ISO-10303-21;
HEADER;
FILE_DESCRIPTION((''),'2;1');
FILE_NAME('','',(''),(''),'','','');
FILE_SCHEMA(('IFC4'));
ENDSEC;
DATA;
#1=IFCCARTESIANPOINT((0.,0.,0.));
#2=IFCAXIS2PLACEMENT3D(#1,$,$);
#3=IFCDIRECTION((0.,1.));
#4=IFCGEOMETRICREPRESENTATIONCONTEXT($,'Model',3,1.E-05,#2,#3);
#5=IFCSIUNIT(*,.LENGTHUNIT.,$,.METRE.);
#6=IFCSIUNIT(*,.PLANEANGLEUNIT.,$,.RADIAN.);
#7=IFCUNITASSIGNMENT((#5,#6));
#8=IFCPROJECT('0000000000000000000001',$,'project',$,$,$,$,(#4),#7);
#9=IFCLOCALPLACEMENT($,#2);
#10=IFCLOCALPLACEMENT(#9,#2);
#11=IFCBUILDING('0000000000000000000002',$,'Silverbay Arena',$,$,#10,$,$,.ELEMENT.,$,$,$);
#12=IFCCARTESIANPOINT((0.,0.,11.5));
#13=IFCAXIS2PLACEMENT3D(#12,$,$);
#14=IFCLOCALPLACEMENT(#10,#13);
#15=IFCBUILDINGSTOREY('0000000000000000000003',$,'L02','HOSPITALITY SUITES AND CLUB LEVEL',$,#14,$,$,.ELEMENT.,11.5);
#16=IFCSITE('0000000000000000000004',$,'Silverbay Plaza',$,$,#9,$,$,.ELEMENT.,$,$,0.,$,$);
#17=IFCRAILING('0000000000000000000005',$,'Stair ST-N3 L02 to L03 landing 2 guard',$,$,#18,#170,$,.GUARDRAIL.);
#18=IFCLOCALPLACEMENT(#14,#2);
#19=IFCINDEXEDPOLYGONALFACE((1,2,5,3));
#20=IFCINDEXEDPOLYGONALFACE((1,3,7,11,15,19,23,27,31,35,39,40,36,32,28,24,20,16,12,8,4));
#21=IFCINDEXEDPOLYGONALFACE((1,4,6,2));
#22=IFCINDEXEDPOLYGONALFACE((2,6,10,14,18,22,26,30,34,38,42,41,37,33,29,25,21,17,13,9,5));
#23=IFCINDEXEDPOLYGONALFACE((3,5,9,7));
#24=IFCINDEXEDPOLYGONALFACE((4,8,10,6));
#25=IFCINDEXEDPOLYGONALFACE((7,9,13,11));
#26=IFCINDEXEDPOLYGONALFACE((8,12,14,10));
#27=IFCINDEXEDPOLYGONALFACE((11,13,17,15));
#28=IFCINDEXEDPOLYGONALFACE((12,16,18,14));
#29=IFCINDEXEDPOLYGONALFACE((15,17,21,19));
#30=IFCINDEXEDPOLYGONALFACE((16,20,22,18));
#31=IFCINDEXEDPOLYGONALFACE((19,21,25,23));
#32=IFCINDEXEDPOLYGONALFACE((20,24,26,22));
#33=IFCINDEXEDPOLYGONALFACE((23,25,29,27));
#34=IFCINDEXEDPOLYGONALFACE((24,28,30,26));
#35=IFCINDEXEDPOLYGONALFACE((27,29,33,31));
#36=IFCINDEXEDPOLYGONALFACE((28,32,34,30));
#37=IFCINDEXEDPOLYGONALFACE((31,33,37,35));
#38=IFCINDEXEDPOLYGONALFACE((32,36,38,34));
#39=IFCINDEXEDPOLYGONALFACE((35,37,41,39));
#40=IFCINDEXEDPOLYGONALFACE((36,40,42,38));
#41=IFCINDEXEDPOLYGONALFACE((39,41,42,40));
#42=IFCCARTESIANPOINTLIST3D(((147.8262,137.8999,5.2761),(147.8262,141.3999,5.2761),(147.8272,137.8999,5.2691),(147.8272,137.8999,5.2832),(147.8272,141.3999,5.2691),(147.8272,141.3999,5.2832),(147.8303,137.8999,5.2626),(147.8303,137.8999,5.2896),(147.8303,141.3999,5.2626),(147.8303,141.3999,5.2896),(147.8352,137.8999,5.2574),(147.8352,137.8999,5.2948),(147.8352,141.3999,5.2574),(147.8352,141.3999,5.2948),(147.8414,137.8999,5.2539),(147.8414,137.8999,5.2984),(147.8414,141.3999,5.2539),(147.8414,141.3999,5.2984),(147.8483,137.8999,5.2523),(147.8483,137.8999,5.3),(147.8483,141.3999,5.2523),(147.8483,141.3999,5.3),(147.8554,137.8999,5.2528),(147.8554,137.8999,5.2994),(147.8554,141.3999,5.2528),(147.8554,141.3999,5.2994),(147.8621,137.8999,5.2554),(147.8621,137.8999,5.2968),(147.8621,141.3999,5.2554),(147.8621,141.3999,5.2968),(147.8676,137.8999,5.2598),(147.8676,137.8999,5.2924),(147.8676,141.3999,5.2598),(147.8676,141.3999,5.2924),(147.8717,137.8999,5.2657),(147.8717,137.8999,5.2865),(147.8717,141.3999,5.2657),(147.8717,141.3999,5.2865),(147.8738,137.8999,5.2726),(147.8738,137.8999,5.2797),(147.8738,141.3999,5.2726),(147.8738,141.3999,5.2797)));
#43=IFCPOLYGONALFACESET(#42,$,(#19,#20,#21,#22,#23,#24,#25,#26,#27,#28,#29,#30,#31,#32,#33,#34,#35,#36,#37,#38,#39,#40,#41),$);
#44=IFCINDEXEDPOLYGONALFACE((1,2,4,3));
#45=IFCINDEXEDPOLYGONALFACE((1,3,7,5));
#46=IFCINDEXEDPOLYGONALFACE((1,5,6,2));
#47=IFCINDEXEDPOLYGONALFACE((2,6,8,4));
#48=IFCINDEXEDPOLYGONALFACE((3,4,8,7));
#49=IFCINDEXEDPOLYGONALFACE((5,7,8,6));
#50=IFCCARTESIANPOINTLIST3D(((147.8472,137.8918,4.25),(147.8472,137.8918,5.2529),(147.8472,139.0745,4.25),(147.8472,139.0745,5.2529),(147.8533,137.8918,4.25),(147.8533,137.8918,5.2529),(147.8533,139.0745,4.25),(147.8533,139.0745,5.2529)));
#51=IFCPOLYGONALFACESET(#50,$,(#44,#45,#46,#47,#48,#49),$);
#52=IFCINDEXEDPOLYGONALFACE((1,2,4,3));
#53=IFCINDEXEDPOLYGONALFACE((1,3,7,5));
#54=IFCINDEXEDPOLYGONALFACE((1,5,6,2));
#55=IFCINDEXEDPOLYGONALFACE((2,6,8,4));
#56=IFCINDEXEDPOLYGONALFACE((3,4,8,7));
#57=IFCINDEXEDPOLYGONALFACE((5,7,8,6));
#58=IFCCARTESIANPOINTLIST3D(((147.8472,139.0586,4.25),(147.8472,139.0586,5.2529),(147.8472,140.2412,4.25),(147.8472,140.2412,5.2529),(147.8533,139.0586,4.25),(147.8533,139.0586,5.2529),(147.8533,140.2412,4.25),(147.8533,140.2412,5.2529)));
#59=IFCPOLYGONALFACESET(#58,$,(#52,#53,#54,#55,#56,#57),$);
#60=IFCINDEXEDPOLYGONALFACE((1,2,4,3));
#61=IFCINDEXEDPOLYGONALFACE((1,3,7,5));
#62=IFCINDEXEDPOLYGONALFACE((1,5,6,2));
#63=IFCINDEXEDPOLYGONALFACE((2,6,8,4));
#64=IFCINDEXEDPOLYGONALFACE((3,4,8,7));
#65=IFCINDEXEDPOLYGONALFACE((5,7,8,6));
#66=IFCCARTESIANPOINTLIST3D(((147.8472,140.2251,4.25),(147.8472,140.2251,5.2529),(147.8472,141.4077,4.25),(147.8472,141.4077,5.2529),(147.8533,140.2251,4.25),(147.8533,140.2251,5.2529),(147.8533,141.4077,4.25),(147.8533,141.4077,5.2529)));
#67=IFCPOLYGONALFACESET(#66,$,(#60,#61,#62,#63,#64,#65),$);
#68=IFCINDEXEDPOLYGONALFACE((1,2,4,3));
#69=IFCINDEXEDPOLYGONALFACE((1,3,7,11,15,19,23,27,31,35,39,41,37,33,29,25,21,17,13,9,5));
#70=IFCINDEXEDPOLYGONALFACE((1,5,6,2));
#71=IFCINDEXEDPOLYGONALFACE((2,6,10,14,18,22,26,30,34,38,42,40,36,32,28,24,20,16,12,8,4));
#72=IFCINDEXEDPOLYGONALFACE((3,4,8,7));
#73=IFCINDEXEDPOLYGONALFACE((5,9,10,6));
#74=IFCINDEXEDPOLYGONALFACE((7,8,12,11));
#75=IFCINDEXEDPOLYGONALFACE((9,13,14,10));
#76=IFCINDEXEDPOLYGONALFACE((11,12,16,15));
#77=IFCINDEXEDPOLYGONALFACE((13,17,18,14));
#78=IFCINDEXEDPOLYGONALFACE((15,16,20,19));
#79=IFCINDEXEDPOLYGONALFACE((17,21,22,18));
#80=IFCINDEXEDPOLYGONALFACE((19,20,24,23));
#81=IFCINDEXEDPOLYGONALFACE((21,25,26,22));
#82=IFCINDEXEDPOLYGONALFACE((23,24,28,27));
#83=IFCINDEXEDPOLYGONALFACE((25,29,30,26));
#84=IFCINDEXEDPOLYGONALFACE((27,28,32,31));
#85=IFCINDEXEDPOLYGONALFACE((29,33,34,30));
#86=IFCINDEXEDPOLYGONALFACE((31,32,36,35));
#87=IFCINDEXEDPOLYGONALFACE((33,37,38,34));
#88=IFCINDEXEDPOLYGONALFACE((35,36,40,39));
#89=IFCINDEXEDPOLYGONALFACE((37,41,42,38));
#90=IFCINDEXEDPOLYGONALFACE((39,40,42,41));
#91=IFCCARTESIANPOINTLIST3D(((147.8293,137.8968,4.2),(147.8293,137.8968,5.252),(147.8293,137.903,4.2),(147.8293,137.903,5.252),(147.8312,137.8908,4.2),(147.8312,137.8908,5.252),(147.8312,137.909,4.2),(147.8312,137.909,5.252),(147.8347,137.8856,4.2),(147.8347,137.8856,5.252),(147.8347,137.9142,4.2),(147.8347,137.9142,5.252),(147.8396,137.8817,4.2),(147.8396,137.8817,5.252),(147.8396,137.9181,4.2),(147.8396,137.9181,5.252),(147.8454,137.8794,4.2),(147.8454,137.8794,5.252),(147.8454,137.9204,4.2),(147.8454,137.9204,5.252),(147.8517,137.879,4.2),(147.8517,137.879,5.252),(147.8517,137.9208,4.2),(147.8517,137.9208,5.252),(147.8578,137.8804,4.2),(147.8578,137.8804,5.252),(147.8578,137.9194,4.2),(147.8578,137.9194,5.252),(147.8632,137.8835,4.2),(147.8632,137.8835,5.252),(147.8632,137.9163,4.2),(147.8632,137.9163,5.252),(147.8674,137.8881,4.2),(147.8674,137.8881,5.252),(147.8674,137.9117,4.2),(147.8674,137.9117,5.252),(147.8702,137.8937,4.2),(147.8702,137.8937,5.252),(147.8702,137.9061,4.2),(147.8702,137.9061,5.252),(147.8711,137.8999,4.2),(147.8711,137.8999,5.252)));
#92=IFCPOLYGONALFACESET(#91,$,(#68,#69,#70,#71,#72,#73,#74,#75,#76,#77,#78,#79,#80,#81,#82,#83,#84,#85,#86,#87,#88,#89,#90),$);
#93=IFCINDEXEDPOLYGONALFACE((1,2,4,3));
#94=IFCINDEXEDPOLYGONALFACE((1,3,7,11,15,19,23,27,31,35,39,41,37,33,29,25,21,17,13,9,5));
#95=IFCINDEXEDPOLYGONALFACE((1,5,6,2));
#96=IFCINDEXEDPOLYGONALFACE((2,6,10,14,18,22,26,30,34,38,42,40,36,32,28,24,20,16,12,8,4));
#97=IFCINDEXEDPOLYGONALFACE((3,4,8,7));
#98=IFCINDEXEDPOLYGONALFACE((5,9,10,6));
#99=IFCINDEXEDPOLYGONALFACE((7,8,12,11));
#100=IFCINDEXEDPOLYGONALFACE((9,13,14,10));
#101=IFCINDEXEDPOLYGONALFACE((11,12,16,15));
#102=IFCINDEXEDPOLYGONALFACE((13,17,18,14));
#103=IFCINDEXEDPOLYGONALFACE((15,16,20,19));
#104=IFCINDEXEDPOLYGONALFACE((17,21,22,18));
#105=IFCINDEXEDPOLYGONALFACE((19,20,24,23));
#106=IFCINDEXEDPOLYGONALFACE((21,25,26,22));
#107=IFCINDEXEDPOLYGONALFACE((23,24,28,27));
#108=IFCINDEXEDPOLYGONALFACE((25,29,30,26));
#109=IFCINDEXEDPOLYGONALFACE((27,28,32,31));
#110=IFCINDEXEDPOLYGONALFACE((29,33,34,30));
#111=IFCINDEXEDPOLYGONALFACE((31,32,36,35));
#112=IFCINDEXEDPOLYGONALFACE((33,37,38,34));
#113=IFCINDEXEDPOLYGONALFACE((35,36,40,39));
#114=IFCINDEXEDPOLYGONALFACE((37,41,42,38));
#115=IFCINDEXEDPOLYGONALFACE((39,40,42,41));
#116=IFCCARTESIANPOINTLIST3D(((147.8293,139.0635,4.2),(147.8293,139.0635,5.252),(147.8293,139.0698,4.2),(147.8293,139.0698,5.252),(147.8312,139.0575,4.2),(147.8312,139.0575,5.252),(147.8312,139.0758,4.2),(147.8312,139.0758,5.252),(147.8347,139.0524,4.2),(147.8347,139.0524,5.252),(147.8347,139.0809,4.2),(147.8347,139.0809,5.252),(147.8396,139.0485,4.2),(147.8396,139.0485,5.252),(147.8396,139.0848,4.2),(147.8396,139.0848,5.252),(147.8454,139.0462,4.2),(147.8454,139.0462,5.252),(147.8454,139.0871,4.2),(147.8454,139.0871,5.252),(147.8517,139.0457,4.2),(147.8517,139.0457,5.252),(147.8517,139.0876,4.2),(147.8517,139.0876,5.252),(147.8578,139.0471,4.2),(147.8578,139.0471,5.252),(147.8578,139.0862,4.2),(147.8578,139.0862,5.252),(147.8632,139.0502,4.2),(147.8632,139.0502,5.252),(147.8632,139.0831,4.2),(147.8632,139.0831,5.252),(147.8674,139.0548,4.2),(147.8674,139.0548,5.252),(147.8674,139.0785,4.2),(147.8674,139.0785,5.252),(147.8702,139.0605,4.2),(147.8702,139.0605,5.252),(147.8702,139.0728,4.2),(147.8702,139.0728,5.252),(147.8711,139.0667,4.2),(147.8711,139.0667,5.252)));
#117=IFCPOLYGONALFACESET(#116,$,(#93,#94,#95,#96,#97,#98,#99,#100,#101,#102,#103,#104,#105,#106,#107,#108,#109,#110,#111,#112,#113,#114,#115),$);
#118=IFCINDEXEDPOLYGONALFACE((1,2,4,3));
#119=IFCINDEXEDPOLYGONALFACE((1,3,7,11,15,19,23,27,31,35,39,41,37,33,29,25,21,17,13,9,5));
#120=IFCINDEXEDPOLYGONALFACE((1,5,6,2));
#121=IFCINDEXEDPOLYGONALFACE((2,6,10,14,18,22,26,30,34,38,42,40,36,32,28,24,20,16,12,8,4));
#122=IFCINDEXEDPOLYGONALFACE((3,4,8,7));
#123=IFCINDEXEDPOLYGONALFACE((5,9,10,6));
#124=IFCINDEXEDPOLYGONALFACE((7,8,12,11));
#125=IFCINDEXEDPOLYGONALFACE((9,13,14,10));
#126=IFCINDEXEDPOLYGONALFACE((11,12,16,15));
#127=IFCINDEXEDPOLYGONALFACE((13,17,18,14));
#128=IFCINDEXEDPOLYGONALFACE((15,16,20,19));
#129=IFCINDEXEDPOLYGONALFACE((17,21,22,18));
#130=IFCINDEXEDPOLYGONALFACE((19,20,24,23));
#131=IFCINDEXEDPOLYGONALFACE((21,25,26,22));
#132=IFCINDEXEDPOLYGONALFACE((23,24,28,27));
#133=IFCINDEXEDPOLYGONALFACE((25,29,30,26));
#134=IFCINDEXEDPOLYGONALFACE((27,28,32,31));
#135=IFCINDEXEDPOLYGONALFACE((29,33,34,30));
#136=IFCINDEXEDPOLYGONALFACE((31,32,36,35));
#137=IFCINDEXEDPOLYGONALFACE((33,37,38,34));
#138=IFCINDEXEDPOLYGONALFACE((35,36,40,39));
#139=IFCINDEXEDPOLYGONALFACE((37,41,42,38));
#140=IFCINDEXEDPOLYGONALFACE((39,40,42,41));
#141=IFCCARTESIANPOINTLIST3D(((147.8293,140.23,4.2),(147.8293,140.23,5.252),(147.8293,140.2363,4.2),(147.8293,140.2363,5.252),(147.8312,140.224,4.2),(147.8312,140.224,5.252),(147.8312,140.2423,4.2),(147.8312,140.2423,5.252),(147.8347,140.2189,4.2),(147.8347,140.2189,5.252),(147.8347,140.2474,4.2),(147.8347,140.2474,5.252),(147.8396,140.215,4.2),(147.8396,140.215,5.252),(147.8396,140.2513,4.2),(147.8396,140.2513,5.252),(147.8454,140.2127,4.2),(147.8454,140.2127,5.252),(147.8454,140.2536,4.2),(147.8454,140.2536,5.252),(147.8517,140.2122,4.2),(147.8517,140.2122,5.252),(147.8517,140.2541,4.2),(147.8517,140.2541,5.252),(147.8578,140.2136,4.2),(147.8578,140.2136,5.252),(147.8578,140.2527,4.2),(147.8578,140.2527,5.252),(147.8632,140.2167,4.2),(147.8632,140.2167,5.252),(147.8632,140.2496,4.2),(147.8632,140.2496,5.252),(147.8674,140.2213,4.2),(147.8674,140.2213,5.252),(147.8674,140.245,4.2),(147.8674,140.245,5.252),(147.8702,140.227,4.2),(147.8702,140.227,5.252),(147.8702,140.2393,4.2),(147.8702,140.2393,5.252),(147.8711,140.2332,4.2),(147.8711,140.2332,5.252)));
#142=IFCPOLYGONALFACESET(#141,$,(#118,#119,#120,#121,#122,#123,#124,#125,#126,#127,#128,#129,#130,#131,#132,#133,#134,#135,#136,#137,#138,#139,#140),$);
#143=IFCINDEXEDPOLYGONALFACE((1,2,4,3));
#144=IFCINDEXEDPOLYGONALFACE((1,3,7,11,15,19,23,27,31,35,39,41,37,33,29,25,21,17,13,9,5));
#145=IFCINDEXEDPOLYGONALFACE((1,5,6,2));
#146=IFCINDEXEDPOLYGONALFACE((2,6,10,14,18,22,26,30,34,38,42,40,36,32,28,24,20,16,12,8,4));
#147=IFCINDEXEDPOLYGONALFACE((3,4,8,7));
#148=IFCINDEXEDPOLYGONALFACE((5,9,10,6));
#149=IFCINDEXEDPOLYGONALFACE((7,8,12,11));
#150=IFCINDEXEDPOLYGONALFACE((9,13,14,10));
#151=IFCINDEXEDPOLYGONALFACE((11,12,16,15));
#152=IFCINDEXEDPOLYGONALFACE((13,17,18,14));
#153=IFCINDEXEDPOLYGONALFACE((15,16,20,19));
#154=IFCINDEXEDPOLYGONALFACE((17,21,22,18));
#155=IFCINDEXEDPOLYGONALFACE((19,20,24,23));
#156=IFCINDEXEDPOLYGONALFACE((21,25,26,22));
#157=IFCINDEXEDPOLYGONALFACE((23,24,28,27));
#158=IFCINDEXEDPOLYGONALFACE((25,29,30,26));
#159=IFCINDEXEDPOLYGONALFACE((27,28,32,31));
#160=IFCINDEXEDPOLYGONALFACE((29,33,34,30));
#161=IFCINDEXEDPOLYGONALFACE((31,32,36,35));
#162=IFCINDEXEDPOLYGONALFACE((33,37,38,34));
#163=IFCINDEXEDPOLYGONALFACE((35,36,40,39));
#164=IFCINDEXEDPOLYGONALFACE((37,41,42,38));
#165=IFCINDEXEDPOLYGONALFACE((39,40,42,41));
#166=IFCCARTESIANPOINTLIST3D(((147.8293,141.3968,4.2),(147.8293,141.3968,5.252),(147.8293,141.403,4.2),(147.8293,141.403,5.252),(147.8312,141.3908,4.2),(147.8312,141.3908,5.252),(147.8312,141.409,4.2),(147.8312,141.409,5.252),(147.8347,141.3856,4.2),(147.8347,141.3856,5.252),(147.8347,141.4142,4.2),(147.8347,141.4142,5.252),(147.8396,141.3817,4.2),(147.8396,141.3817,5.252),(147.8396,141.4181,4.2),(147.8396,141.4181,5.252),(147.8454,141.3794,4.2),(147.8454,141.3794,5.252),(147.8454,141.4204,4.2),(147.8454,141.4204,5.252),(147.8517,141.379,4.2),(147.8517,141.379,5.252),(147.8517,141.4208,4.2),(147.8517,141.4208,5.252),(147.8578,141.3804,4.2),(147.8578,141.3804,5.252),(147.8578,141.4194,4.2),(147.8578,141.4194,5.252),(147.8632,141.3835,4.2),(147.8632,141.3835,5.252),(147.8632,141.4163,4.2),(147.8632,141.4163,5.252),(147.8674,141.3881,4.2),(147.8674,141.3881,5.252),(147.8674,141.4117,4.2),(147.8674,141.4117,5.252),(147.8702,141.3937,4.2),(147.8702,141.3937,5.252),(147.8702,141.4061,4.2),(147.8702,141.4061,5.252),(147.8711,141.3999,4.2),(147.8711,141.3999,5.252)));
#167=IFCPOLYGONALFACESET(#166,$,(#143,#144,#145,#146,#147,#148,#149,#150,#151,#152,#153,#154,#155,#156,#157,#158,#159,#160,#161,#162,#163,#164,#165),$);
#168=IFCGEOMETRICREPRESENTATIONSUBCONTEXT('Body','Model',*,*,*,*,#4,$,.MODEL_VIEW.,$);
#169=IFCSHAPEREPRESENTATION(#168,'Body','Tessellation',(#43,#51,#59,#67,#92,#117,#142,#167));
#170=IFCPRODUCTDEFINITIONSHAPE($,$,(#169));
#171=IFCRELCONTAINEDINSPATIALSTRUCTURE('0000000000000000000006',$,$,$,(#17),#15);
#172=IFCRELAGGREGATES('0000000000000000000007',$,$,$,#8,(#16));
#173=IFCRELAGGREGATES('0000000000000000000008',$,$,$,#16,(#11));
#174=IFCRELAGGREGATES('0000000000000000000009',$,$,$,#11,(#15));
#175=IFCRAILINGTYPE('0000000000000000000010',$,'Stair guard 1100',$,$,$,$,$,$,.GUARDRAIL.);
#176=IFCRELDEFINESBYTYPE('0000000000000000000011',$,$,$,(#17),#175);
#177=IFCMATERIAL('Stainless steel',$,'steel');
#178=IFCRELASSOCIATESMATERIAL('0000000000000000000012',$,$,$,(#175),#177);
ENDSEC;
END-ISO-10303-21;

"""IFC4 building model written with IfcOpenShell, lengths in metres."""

from ifc_helpers import new_model, si_unit, direction, frame, origin, origin_2d, place, context, subcontext, project, spatial, polyline, circle, outline, extrude, material, type_object, element, save


model = new_model("IFC4")

# Units and contexts
model_context = context("Model", 3, precision=1e-05, world=origin(), true_north=direction((0.0, 1.0)))
body_context = subcontext(model_context, "Body", "Model", "MODEL_VIEW")
ifc_project = project(units=[si_unit("LENGTHUNIT", "METRE"), si_unit("PLANEANGLEUNIT", "RADIAN")], contexts=[model_context])

# Site, building, storey
site_placement = place(None, origin())
site = spatial("IfcSite", under=ifc_project, at=site_placement, Name="Silverbay Plaza", CompositionType="ELEMENT", RefElevation=0.0)
building_placement = place(site_placement, origin())
building = spatial("IfcBuilding", under=site, at=building_placement, Name="Silverbay Arena", CompositionType="ELEMENT")
storey_placement = place(building_placement, frame((0.0, 0.0, 11.5)))
storey = spatial("IfcBuildingStorey", under=building, at=storey_placement, Name="L02", Description="HOSPITALITY SUITES AND CLUB LEVEL", CompositionType="ELEMENT", Elevation=11.5)

# Railing
ifc_material_1 = material(Name="Stainless steel", Category="steel")
railing_type_1 = type_object("IfcRailingType", Name="Stair guard 1100", PredefinedType="GUARDRAIL", material=ifc_material_1)
for number, where, name in (
    (1, (147.8501, 137.8999, 4.2), "Stair ST-N3 L02 to L03 landing 2 guard"),
):
    element("IfcRailing", number, at=place(storey_placement, frame(where)), inside=storey, type_object=railing_type_1, Name=name, PredefinedType="GUARDRAIL", context=body_context, shape_type="SweptSolid", body=[
        extrude(circle(Radius=0.0239, at=origin_2d()), frame((0.0, 0.0, 1.0762), z_axis=(0.0, 1.0, 0.0), x_axis=(-1.0, 0.0, 0.0)), (0.0, 0.0, 1.0), 3.5),
        extrude(outline(polyline([(-0.0081, 0.05), (1.1746, 0.05), (1.1746, 1.053), (-0.0081, 1.053), (-0.0081, 0.05)])), frame((-0.0029, 0.0, 0.0), z_axis=(1.0, 0.0, 0.0), x_axis=(0.0, 1.0, 0.0)), (0.0, 0.0, 1.0), 0.0061),
        extrude(outline(polyline([(-0.0081, 0.05), (1.1746, 0.05), (1.1746, 1.053), (-0.0081, 1.053), (-0.0081, 0.05)])), frame((-0.0029, 1.1667, 0.0), z_axis=(1.0, 0.0, 0.0), x_axis=(0.0, 1.0, 0.0)), (0.0, 0.0, 1.0), 0.0061),
        extrude(outline(polyline([(-0.0081, 0.05), (1.1746, 0.05), (1.1746, 1.053), (-0.0081, 1.053), (-0.0081, 0.05)])), frame((-0.0029, 2.3333, 0.0), z_axis=(1.0, 0.0, 0.0), x_axis=(0.0, 1.0, 0.0)), (0.0, 0.0, 1.0), 0.0061),
        extrude(circle(Radius=0.021, at=origin_2d()), origin(), (0.0, 0.0, 1.0), 1.052),
        extrude(circle(Radius=0.021, at=origin_2d()), frame((0.0, 1.1667, 0.0)), (0.0, 0.0, 1.0), 1.052),
        extrude(circle(Radius=0.021, at=origin_2d()), frame((0.0, 2.3333, 0.0)), (0.0, 0.0, 1.0), 1.052),
        extrude(circle(Radius=0.021, at=origin_2d()), frame((0.0, 3.5, 0.0)), (0.0, 0.0, 1.0), 1.052),
    ])

save(model, "model.ifc")
